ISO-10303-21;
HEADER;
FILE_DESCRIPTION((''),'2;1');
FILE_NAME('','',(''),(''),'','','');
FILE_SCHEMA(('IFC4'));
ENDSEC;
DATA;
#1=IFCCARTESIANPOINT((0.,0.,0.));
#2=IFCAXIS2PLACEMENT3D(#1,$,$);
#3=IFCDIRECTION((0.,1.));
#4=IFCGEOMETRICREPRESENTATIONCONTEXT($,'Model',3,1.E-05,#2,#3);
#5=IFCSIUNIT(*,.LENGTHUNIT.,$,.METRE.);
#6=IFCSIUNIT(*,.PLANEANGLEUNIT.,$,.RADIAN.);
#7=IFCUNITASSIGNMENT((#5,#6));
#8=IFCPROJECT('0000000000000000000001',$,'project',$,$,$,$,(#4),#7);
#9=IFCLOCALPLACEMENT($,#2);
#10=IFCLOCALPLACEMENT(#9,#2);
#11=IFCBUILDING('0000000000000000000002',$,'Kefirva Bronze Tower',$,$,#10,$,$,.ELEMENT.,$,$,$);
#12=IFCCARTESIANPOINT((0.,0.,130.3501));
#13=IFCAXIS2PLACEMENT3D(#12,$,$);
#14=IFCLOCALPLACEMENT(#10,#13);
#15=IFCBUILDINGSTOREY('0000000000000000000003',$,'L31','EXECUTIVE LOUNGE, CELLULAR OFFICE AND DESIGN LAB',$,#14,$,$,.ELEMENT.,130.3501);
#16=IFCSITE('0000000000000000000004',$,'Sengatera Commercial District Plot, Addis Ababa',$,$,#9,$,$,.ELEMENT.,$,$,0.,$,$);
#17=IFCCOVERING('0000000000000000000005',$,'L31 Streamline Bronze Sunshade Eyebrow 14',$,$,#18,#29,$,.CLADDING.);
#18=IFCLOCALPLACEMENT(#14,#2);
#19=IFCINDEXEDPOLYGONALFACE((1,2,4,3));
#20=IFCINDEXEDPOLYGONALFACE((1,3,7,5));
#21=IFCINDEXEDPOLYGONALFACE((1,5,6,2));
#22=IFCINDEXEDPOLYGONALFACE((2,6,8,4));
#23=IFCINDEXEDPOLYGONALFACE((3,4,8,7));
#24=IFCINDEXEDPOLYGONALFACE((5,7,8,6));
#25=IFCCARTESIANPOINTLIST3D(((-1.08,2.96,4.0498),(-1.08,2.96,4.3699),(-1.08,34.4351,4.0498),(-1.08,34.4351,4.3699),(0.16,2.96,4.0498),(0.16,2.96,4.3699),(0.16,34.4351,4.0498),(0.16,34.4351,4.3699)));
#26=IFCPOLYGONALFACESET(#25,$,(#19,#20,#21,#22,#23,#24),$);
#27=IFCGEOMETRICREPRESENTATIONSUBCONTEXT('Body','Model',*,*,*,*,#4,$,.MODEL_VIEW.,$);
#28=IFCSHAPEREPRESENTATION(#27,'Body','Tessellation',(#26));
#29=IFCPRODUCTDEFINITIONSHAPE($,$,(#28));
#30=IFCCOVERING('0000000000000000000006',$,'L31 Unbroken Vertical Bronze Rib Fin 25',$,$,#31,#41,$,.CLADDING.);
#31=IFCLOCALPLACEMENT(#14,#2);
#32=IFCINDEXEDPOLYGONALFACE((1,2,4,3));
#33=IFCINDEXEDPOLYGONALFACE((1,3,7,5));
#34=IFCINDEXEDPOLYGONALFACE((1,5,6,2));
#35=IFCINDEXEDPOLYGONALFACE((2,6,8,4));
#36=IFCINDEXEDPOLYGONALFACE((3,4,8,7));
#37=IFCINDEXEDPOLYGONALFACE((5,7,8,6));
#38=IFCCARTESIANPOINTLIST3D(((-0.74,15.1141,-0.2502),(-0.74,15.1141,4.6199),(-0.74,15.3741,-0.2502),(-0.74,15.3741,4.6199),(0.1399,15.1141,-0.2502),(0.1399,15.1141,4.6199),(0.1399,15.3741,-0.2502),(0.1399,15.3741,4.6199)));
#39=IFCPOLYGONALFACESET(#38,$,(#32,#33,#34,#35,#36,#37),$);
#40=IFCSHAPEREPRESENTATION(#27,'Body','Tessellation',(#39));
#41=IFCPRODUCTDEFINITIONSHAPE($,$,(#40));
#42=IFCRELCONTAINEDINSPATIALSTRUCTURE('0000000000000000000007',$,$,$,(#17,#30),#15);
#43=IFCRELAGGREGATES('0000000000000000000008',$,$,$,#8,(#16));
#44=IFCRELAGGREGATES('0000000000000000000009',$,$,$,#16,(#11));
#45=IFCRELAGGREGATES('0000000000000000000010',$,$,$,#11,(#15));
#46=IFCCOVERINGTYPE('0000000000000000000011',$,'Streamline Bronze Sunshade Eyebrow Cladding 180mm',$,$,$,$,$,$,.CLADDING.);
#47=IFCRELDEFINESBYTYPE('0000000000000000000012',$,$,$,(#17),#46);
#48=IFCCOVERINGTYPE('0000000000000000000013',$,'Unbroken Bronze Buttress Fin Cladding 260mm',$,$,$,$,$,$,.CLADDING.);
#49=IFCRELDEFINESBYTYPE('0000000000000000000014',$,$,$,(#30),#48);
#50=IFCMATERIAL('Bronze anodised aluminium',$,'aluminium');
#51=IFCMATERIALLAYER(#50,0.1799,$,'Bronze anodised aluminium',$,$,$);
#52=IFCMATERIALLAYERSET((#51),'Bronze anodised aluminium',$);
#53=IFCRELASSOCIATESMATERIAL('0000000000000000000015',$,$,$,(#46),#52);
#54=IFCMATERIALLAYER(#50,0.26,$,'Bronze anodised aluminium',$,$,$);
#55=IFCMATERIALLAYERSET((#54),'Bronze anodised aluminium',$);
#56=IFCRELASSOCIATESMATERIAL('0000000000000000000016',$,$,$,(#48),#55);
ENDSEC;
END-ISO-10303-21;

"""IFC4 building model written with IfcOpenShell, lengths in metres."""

from ifc_helpers import new_model, si_unit, direction, frame, origin, origin_2d, place, context, subcontext, project, spatial, rectangle, extrude, material, layer, layer_set, type_object, element, save


model = new_model("IFC4")

# Units and contexts
model_context = context("Model", 3, precision=1e-05, world=origin(), true_north=direction((0.0, 1.0)))
body_context = subcontext(model_context, "Body", "Model", "MODEL_VIEW")
ifc_project = project(units=[si_unit("LENGTHUNIT", "METRE"), si_unit("PLANEANGLEUNIT", "RADIAN")], contexts=[model_context])

# Site, building, storey
site_placement = place(None, origin())
site = spatial("IfcSite", under=ifc_project, at=site_placement, Name="Sengatera Commercial District Plot, Addis Ababa", CompositionType="ELEMENT", RefElevation=0.0)
building_placement = place(site_placement, origin())
building = spatial("IfcBuilding", under=site, at=building_placement, Name="Kefirva Bronze Tower", CompositionType="ELEMENT")
storey_placement = place(building_placement, frame((0.0, 0.0, 130.3501)))
storey = spatial("IfcBuildingStorey", under=building, at=storey_placement, Name="L31", Description="EXECUTIVE LOUNGE, CELLULAR OFFICE AND DESIGN LAB", CompositionType="ELEMENT", Elevation=130.3501)

# Shared definitions
ifc_material_1 = material(Name="Bronze anodised aluminium", Category="aluminium")

# Coverings
ifc_layer_1 = layer(ifc_material_1, 0.1799, Name="Bronze anodised aluminium")
ifc_layer_set_1 = layer_set([ifc_layer_1], Name="Bronze anodised aluminium")
covering_type_1 = type_object("IfcCoveringType", Name="Streamline Bronze Sunshade Eyebrow Cladding 180mm", PredefinedType="CLADDING", material=ifc_layer_set_1)
covering_1_placement = place(storey_placement, frame((-0.46, 18.6975, 4.0498), z_axis=(0.0, 0.0, 1.0), x_axis=(0.0, -1.0, 0.0)))
element("IfcCovering", 1, at=covering_1_placement, inside=storey, type_object=covering_type_1, Name="L31 Streamline Bronze Sunshade Eyebrow 14", PredefinedType="CLADDING", context=body_context, shape_type="SweptSolid", body=[
    extrude(rectangle(XDim=31.4751, YDim=1.24, at=origin_2d()), origin(), (0.0, 0.0, 1.0), 0.3201),
])
ifc_layer_2 = layer(ifc_material_1, 0.26, Name="Bronze anodised aluminium")
ifc_layer_set_2 = layer_set([ifc_layer_2], Name="Bronze anodised aluminium")
covering_type_2 = type_object("IfcCoveringType", Name="Unbroken Bronze Buttress Fin Cladding 260mm", PredefinedType="CLADDING", material=ifc_layer_set_2)
covering_2_placement = place(storey_placement, frame((-0.3, 15.2441, -0.2502), z_axis=(0.0, 0.0, 1.0), x_axis=(0.0, -1.0, 0.0)))
element("IfcCovering", 2, at=covering_2_placement, inside=storey, type_object=covering_type_2, Name="L31 Unbroken Vertical Bronze Rib Fin 25", PredefinedType="CLADDING", context=body_context, shape_type="SweptSolid", body=[
    extrude(rectangle(XDim=0.26, YDim=0.8799, at=origin_2d()), origin(), (0.0, 0.0, 1.0), 4.8701),
])

save(model, "model.ifc")
